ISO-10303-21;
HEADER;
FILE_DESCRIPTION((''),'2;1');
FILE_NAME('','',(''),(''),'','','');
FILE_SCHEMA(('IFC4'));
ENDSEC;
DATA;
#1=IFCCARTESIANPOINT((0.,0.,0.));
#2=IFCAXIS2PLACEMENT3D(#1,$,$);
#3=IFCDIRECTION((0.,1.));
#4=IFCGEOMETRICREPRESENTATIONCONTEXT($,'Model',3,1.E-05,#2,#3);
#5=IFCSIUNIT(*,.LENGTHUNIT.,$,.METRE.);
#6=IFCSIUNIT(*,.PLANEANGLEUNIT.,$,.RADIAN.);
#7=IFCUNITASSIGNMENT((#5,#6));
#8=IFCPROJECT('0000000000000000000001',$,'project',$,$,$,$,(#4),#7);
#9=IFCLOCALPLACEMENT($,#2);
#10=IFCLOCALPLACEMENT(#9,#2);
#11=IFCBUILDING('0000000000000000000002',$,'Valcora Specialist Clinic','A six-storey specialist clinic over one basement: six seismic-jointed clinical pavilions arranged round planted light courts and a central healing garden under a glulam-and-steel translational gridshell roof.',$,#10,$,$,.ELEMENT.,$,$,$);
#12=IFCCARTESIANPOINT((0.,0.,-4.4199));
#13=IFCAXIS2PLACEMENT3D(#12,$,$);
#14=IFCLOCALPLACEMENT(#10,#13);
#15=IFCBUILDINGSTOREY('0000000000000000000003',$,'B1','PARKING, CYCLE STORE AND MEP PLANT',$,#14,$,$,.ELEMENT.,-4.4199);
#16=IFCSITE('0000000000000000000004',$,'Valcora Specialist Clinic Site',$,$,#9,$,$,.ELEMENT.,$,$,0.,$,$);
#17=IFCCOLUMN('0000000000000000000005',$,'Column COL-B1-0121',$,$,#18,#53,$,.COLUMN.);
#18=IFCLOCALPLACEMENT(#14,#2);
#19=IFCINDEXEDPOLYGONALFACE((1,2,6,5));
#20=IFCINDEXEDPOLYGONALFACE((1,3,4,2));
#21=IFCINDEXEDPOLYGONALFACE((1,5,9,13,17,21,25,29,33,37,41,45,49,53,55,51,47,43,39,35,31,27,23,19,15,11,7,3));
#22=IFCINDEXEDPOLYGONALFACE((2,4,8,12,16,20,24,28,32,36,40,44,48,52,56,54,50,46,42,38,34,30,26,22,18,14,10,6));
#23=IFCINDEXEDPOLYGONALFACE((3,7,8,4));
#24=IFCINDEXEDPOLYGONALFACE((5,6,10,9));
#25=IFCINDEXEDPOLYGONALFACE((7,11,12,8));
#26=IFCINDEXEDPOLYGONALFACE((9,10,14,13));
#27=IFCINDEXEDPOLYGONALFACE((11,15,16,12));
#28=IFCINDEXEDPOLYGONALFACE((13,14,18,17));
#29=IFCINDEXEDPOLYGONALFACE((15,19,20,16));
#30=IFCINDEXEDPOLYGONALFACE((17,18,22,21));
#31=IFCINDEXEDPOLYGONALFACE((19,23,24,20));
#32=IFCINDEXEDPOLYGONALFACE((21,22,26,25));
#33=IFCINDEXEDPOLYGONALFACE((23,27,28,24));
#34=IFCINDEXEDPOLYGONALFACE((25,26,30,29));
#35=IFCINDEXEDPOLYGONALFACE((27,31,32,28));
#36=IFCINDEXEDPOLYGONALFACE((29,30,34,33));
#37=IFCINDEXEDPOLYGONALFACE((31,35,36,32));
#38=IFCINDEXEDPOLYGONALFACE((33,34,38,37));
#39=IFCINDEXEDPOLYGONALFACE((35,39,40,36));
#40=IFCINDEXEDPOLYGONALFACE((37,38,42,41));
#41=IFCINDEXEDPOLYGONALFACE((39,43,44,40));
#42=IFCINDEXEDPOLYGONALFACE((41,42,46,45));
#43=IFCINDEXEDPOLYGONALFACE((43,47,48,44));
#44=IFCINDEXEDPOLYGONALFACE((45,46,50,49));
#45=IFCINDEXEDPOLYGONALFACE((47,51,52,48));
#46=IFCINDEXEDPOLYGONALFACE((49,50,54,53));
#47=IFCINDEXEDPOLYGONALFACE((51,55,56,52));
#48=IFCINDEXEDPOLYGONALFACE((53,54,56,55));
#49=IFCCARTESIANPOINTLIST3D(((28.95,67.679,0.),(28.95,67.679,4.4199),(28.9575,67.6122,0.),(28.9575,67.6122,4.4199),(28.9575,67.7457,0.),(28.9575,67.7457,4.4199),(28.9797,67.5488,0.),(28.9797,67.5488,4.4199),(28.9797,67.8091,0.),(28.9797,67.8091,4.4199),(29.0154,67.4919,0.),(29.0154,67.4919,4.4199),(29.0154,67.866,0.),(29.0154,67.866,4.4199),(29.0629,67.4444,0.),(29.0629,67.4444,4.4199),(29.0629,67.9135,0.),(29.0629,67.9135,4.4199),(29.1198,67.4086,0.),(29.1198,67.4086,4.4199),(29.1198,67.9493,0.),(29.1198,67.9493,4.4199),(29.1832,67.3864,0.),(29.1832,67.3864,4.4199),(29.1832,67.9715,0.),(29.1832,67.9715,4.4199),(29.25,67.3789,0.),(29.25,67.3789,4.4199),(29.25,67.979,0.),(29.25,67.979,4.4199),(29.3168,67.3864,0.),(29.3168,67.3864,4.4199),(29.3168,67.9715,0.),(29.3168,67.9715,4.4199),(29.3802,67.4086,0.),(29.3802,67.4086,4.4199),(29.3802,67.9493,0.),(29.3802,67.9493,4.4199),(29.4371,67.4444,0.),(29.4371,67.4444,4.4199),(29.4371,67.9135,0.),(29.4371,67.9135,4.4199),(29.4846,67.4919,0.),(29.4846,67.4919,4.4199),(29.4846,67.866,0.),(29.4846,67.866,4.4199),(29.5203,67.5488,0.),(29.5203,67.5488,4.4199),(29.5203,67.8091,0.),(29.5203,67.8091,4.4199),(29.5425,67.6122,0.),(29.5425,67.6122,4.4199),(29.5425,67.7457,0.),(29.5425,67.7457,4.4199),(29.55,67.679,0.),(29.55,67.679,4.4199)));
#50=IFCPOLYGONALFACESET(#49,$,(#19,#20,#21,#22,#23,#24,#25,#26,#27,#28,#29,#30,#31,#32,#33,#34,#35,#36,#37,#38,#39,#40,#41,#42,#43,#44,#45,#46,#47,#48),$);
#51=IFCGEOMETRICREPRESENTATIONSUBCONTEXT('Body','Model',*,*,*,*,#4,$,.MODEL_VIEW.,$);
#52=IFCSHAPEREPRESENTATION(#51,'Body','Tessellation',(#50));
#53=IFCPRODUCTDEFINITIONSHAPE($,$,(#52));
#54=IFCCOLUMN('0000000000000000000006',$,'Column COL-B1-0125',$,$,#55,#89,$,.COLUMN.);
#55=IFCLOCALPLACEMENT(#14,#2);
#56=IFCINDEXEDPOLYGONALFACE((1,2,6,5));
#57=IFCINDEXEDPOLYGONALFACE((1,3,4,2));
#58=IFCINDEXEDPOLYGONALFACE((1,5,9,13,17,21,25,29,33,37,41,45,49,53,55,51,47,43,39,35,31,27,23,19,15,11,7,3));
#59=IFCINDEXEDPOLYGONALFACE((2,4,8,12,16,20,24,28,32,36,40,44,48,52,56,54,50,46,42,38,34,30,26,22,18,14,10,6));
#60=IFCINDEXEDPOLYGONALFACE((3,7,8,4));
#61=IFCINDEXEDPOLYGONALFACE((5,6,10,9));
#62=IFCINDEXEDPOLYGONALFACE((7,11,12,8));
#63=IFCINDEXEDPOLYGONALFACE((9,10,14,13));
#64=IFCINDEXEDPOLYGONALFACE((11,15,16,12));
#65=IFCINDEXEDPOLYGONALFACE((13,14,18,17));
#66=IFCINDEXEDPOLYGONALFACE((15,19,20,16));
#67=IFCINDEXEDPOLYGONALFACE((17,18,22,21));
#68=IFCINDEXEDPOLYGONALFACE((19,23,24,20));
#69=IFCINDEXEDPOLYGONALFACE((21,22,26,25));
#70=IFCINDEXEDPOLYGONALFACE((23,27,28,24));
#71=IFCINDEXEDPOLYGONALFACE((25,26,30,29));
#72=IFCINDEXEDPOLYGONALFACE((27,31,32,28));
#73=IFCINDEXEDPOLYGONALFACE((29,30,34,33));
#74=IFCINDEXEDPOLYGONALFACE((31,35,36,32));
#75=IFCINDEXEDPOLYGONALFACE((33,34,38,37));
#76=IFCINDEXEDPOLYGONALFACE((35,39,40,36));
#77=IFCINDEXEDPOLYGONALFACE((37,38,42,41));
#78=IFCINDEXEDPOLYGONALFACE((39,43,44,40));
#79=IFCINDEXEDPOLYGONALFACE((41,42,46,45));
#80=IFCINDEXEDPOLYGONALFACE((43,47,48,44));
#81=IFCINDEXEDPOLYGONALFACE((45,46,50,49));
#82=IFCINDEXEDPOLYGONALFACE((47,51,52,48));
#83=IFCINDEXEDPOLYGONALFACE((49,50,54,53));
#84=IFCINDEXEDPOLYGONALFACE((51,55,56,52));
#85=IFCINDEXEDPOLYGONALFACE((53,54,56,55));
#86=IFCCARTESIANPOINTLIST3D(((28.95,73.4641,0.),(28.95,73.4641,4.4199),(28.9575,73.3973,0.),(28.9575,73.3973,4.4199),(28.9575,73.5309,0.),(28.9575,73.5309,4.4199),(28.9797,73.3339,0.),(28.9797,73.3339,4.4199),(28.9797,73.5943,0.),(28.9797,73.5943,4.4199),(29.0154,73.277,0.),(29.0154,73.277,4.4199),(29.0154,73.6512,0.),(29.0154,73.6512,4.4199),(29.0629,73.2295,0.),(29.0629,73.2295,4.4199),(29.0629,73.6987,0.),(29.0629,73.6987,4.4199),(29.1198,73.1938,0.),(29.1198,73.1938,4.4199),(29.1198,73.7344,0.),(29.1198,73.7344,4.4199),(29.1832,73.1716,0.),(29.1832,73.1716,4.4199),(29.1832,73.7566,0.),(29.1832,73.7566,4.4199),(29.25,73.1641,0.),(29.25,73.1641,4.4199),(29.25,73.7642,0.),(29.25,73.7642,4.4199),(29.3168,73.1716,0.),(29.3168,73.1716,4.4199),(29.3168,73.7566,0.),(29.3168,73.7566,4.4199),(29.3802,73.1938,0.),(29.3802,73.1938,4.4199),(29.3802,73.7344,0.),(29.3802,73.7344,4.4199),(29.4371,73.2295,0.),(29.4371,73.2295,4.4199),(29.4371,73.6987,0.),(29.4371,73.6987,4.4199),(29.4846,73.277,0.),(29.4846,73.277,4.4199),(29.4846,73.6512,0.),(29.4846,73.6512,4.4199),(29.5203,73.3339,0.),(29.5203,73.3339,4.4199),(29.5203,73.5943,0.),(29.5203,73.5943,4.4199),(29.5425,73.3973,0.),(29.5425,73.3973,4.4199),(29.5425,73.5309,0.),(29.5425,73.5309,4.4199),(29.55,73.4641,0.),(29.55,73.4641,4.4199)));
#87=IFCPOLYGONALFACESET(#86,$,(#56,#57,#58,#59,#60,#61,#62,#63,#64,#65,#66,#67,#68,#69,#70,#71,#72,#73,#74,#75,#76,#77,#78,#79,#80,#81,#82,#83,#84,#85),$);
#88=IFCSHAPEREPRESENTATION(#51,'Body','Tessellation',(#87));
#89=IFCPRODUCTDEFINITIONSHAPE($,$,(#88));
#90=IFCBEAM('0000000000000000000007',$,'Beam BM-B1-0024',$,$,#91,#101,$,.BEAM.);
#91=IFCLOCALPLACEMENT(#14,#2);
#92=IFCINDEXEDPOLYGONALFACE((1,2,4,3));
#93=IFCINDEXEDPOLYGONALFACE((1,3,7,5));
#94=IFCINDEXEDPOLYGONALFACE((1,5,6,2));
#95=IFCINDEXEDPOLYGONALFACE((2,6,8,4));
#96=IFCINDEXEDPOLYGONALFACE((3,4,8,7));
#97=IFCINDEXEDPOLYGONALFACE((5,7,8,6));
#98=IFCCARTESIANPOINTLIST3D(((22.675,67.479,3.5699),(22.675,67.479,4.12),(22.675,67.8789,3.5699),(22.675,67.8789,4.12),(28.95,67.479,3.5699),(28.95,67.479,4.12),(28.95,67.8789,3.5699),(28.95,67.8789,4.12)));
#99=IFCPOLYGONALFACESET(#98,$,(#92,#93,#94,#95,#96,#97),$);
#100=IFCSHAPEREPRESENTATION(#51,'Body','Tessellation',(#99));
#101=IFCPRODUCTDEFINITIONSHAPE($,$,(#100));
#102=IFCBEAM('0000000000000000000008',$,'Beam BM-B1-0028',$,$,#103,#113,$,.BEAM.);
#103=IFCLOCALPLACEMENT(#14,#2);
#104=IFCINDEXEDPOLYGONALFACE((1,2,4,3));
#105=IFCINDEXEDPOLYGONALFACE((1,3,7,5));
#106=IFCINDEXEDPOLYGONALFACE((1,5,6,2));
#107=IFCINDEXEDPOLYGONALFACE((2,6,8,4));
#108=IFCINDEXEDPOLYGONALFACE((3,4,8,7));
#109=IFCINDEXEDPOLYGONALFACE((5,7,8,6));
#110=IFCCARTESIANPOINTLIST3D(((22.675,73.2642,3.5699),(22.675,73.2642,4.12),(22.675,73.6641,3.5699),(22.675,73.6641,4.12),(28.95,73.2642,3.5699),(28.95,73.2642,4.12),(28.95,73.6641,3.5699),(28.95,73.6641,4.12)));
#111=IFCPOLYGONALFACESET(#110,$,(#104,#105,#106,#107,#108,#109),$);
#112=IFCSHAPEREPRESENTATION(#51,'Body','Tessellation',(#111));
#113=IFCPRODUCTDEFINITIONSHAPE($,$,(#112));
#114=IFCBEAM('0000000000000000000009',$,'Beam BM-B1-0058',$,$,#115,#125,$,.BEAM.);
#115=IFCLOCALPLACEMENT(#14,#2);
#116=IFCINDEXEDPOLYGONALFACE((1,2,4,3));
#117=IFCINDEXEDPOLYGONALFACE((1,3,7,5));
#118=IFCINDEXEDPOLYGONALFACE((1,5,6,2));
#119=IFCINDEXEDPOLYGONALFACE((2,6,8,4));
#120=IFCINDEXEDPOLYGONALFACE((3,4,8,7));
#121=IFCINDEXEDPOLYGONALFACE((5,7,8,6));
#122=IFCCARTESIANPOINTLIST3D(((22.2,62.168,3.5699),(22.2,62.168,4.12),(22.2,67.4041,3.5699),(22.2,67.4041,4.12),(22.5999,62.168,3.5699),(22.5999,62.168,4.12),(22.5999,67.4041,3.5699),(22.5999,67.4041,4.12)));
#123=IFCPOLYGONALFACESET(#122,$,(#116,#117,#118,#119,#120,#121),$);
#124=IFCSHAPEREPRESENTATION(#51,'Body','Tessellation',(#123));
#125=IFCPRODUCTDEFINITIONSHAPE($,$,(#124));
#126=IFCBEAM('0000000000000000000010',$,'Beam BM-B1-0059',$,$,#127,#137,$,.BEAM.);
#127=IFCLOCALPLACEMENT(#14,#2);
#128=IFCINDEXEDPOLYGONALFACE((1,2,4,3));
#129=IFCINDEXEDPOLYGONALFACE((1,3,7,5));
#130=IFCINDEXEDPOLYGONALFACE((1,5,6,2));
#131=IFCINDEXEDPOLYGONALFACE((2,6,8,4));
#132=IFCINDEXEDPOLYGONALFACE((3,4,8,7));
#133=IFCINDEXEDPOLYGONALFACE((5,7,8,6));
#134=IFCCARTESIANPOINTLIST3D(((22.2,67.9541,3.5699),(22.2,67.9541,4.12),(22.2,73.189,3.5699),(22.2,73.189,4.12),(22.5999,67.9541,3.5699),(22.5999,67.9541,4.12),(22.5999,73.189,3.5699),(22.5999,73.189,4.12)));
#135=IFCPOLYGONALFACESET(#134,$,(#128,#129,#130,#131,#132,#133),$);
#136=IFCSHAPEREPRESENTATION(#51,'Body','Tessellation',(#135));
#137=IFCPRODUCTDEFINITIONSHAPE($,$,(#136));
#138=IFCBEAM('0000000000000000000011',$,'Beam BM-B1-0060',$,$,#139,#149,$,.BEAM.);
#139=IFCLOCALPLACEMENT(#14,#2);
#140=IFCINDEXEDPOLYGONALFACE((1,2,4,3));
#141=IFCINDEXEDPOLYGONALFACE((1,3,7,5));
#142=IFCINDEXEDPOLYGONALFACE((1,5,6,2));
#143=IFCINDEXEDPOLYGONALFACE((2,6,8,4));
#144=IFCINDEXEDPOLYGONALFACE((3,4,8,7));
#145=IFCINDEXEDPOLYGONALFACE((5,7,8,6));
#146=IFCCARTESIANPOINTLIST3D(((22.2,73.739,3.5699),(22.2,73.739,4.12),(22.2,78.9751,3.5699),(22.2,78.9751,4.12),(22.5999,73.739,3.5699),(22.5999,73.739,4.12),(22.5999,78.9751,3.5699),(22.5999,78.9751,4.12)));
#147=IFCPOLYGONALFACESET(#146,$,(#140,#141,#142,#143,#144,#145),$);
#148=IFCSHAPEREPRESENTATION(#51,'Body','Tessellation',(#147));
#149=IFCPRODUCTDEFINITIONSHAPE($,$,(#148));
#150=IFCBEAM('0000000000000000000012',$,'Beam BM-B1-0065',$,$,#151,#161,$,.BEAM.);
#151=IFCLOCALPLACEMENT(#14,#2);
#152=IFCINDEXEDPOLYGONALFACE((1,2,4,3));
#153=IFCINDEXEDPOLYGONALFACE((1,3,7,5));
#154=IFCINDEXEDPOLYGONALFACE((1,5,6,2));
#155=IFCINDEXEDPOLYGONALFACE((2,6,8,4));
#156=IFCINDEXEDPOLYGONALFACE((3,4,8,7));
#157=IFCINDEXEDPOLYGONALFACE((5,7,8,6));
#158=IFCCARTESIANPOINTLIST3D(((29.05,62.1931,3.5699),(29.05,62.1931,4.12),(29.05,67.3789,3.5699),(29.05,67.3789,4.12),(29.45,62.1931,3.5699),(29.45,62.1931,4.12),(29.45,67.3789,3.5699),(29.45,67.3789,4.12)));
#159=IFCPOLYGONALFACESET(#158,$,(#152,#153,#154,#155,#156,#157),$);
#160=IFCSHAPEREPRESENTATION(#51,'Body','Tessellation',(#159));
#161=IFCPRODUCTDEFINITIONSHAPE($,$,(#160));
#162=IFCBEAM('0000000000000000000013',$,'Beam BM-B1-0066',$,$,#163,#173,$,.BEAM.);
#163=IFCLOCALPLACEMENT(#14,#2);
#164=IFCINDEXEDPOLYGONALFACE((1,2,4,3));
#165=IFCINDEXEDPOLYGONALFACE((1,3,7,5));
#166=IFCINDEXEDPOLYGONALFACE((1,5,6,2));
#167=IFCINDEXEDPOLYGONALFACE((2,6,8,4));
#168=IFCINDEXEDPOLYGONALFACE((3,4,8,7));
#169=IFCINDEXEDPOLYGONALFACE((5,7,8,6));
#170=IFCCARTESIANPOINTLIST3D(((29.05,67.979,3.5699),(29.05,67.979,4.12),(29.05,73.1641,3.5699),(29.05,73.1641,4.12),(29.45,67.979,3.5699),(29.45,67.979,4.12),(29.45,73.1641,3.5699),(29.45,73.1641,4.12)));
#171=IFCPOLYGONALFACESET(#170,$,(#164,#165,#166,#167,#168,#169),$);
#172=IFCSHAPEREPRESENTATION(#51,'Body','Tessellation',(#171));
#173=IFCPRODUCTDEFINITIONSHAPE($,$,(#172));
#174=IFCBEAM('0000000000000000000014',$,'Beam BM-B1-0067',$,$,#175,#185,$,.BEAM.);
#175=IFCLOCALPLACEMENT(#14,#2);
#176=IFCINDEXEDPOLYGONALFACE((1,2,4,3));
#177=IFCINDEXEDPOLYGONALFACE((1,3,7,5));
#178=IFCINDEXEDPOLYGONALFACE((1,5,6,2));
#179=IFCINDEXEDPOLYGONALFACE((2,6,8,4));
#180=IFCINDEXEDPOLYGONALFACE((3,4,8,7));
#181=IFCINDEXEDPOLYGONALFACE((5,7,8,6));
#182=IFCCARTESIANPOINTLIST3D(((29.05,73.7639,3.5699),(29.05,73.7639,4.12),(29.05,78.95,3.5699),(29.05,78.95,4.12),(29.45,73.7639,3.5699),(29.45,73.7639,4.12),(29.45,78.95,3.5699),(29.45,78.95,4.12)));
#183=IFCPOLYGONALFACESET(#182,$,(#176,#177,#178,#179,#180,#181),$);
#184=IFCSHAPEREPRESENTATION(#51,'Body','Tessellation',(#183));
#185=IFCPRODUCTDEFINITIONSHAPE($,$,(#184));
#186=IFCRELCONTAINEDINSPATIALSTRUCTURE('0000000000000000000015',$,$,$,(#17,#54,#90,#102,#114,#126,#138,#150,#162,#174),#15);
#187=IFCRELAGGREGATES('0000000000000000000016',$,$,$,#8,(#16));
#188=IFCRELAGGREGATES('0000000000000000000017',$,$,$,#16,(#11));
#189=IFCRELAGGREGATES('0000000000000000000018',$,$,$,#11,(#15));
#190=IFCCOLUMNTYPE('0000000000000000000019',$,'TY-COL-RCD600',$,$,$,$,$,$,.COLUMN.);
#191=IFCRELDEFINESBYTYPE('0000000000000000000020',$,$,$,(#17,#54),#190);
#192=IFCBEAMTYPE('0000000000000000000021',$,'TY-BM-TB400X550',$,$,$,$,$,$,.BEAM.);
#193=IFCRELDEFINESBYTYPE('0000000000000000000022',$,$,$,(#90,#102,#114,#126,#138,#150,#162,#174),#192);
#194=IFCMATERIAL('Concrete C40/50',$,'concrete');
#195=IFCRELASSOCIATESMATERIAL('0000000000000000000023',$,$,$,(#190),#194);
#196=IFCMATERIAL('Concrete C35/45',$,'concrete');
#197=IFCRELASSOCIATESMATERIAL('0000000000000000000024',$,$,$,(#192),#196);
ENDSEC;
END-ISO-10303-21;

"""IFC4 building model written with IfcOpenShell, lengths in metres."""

from ifc_helpers import new_model, si_unit, direction, frame, origin, origin_2d, place, context, subcontext, project, spatial, rectangle, circle, extrude, material, material_profile, profile_set, type_object, element, save


model = new_model("IFC4")

# Units and contexts
model_context = context("Model", 3, precision=1e-05, world=origin(), true_north=direction((0.0, 1.0)))
body_context = subcontext(model_context, "Body", "Model", "MODEL_VIEW")
ifc_project = project(units=[si_unit("LENGTHUNIT", "METRE"), si_unit("PLANEANGLEUNIT", "RADIAN")], contexts=[model_context])

# Site, building, storey
site_placement = place(None, origin())
site = spatial("IfcSite", under=ifc_project, at=site_placement, Name="Valcora Specialist Clinic Site", CompositionType="ELEMENT", RefElevation=0.0)
building_placement = place(site_placement, origin())
building = spatial("IfcBuilding", under=site, at=building_placement, Name="Valcora Specialist Clinic", Description="A six-storey specialist clinic over one basement: six seismic-jointed clinical pavilions arranged round planted light courts and a central healing garden under a glulam-and-steel translational gridshell roof.", CompositionType="ELEMENT")
storey_placement = place(building_placement, frame((0.0, 0.0, -4.4199)))
storey = spatial("IfcBuildingStorey", under=building, at=storey_placement, Name="B1", Description="PARKING, CYCLE STORE AND MEP PLANT", CompositionType="ELEMENT", Elevation=-4.4199)

# Shared definitions
ifc_material_1 = material(Name="Concrete C35/45", Category="concrete")

# Columns
ifc_material_2 = material(Name="Concrete C40/50", Category="concrete")
ifc_material_profile_1 = material_profile(ifc_material_2, circle(Radius=0.3, at=origin_2d()), Name="RC-COL-D600")
ifc_profile_set_1 = profile_set([ifc_material_profile_1], Name="Concrete C40/50")
column_type_1 = type_object("IfcColumnType", Name="TY-COL-RCD600", PredefinedType="COLUMN", material=ifc_profile_set_1)
for number, where, z_axis, x_axis, name in (
    (1, (29.25, 67.679, 0.0), (0.0, 0.0, 1.0), (1.0, 0.0, 0.0), "Column COL-B1-0121"),
    (2, (29.25, 73.4641, 0.0), (0.0, 0.0, 1.0), (1.0, 0.0, 0.0), "Column COL-B1-0125"),
):
    element("IfcColumn", number, at=place(storey_placement, frame(where, z_axis=z_axis, x_axis=x_axis)), inside=storey, type_object=column_type_1, Name=name, PredefinedType="COLUMN", context=body_context, shape_type="SweptSolid", body=[
        extrude(circle(Radius=0.3, at=origin_2d()), origin(), (0.0, 0.0, 1.0), 4.4199),
    ])

# Beams
ifc_material_profile_2 = material_profile(ifc_material_1, rectangle(XDim=0.3999, YDim=0.55, at=origin_2d()), Name="RC-TB-400X550")
ifc_profile_set_2 = profile_set([ifc_material_profile_2], Name="Concrete C35/45")
beam_type = type_object("IfcBeamType", Name="TY-BM-TB400X550", PredefinedType="BEAM", material=ifc_profile_set_2)
for number, where, z_axis, x_axis, name in (
    (3, (22.675, 67.679, 3.845), (1.0, 0.0, 0.0), (0.0, 1.0, 0.0), "Beam BM-B1-0024"),
    (4, (22.675, 73.4641, 3.845), (1.0, 0.0, 0.0), (0.0, 1.0, 0.0), "Beam BM-B1-0028"),
):
    element("IfcBeam", number, at=place(storey_placement, frame(where, z_axis=z_axis, x_axis=x_axis)), inside=storey, type_object=beam_type, Name=name, PredefinedType="BEAM", context=body_context, shape_type="SweptSolid", body=[
        extrude(rectangle(XDim=0.3999, YDim=0.55, at=origin_2d()), origin(), (0.0, 0.0, 1.0), 6.2749),
    ])
beam_1_placement = place(storey_placement, frame((22.3999, 62.168, 3.845), z_axis=(0.0, 1.0, 0.0), x_axis=(-1.0, 0.0, 0.0)))
element("IfcBeam", 5, at=beam_1_placement, inside=storey, type_object=beam_type, Name="Beam BM-B1-0058", PredefinedType="BEAM", context=body_context, shape_type="SweptSolid", body=[
    extrude(rectangle(XDim=0.3999, YDim=0.55, at=origin_2d()), origin(), (0.0, 0.0, 1.0), 5.2361),
])
beam_2_placement = place(storey_placement, frame((22.3999, 67.9541, 3.845), z_axis=(0.0, 1.0, 0.0), x_axis=(-1.0, 0.0, 0.0)))
element("IfcBeam", 6, at=beam_2_placement, inside=storey, type_object=beam_type, Name="Beam BM-B1-0059", PredefinedType="BEAM", context=body_context, shape_type="SweptSolid", body=[
    extrude(rectangle(XDim=0.3999, YDim=0.55, at=origin_2d()), origin(), (0.0, 0.0, 1.0), 5.2349),
])
beam_3_placement = place(storey_placement, frame((22.3999, 73.739, 3.845), z_axis=(0.0, 1.0, 0.0), x_axis=(-1.0, 0.0, 0.0)))
element("IfcBeam", 7, at=beam_3_placement, inside=storey, type_object=beam_type, Name="Beam BM-B1-0060", PredefinedType="BEAM", context=body_context, shape_type="SweptSolid", body=[
    extrude(rectangle(XDim=0.3999, YDim=0.55, at=origin_2d()), origin(), (0.0, 0.0, 1.0), 5.2361),
])
beam_4_placement = place(storey_placement, frame((29.25, 62.1931, 3.845), z_axis=(0.0, 1.0, 0.0), x_axis=(-1.0, 0.0, 0.0)))
element("IfcBeam", 8, at=beam_4_placement, inside=storey, type_object=beam_type, Name="Beam BM-B1-0065", PredefinedType="BEAM", context=body_context, shape_type="SweptSolid", body=[
    extrude(rectangle(XDim=0.3999, YDim=0.55, at=origin_2d()), origin(), (0.0, 0.0, 1.0), 5.1858),
])
beam_5_placement = place(storey_placement, frame((29.25, 67.979, 3.845), z_axis=(0.0, 1.0, 0.0), x_axis=(-1.0, 0.0, 0.0)))
element("IfcBeam", 9, at=beam_5_placement, inside=storey, type_object=beam_type, Name="Beam BM-B1-0066", PredefinedType="BEAM", context=body_context, shape_type="SweptSolid", body=[
    extrude(rectangle(XDim=0.3999, YDim=0.55, at=origin_2d()), origin(), (0.0, 0.0, 1.0), 5.1851),
])
beam_6_placement = place(storey_placement, frame((29.25, 73.7639, 3.845), z_axis=(0.0, 1.0, 0.0), x_axis=(-1.0, 0.0, 0.0)))
element("IfcBeam", 10, at=beam_6_placement, inside=storey, type_object=beam_type, Name="Beam BM-B1-0067", PredefinedType="BEAM", context=body_context, shape_type="SweptSolid", body=[
    extrude(rectangle(XDim=0.3999, YDim=0.55, at=origin_2d()), origin(), (0.0, 0.0, 1.0), 5.186),
])

save(model, "model.ifc")
